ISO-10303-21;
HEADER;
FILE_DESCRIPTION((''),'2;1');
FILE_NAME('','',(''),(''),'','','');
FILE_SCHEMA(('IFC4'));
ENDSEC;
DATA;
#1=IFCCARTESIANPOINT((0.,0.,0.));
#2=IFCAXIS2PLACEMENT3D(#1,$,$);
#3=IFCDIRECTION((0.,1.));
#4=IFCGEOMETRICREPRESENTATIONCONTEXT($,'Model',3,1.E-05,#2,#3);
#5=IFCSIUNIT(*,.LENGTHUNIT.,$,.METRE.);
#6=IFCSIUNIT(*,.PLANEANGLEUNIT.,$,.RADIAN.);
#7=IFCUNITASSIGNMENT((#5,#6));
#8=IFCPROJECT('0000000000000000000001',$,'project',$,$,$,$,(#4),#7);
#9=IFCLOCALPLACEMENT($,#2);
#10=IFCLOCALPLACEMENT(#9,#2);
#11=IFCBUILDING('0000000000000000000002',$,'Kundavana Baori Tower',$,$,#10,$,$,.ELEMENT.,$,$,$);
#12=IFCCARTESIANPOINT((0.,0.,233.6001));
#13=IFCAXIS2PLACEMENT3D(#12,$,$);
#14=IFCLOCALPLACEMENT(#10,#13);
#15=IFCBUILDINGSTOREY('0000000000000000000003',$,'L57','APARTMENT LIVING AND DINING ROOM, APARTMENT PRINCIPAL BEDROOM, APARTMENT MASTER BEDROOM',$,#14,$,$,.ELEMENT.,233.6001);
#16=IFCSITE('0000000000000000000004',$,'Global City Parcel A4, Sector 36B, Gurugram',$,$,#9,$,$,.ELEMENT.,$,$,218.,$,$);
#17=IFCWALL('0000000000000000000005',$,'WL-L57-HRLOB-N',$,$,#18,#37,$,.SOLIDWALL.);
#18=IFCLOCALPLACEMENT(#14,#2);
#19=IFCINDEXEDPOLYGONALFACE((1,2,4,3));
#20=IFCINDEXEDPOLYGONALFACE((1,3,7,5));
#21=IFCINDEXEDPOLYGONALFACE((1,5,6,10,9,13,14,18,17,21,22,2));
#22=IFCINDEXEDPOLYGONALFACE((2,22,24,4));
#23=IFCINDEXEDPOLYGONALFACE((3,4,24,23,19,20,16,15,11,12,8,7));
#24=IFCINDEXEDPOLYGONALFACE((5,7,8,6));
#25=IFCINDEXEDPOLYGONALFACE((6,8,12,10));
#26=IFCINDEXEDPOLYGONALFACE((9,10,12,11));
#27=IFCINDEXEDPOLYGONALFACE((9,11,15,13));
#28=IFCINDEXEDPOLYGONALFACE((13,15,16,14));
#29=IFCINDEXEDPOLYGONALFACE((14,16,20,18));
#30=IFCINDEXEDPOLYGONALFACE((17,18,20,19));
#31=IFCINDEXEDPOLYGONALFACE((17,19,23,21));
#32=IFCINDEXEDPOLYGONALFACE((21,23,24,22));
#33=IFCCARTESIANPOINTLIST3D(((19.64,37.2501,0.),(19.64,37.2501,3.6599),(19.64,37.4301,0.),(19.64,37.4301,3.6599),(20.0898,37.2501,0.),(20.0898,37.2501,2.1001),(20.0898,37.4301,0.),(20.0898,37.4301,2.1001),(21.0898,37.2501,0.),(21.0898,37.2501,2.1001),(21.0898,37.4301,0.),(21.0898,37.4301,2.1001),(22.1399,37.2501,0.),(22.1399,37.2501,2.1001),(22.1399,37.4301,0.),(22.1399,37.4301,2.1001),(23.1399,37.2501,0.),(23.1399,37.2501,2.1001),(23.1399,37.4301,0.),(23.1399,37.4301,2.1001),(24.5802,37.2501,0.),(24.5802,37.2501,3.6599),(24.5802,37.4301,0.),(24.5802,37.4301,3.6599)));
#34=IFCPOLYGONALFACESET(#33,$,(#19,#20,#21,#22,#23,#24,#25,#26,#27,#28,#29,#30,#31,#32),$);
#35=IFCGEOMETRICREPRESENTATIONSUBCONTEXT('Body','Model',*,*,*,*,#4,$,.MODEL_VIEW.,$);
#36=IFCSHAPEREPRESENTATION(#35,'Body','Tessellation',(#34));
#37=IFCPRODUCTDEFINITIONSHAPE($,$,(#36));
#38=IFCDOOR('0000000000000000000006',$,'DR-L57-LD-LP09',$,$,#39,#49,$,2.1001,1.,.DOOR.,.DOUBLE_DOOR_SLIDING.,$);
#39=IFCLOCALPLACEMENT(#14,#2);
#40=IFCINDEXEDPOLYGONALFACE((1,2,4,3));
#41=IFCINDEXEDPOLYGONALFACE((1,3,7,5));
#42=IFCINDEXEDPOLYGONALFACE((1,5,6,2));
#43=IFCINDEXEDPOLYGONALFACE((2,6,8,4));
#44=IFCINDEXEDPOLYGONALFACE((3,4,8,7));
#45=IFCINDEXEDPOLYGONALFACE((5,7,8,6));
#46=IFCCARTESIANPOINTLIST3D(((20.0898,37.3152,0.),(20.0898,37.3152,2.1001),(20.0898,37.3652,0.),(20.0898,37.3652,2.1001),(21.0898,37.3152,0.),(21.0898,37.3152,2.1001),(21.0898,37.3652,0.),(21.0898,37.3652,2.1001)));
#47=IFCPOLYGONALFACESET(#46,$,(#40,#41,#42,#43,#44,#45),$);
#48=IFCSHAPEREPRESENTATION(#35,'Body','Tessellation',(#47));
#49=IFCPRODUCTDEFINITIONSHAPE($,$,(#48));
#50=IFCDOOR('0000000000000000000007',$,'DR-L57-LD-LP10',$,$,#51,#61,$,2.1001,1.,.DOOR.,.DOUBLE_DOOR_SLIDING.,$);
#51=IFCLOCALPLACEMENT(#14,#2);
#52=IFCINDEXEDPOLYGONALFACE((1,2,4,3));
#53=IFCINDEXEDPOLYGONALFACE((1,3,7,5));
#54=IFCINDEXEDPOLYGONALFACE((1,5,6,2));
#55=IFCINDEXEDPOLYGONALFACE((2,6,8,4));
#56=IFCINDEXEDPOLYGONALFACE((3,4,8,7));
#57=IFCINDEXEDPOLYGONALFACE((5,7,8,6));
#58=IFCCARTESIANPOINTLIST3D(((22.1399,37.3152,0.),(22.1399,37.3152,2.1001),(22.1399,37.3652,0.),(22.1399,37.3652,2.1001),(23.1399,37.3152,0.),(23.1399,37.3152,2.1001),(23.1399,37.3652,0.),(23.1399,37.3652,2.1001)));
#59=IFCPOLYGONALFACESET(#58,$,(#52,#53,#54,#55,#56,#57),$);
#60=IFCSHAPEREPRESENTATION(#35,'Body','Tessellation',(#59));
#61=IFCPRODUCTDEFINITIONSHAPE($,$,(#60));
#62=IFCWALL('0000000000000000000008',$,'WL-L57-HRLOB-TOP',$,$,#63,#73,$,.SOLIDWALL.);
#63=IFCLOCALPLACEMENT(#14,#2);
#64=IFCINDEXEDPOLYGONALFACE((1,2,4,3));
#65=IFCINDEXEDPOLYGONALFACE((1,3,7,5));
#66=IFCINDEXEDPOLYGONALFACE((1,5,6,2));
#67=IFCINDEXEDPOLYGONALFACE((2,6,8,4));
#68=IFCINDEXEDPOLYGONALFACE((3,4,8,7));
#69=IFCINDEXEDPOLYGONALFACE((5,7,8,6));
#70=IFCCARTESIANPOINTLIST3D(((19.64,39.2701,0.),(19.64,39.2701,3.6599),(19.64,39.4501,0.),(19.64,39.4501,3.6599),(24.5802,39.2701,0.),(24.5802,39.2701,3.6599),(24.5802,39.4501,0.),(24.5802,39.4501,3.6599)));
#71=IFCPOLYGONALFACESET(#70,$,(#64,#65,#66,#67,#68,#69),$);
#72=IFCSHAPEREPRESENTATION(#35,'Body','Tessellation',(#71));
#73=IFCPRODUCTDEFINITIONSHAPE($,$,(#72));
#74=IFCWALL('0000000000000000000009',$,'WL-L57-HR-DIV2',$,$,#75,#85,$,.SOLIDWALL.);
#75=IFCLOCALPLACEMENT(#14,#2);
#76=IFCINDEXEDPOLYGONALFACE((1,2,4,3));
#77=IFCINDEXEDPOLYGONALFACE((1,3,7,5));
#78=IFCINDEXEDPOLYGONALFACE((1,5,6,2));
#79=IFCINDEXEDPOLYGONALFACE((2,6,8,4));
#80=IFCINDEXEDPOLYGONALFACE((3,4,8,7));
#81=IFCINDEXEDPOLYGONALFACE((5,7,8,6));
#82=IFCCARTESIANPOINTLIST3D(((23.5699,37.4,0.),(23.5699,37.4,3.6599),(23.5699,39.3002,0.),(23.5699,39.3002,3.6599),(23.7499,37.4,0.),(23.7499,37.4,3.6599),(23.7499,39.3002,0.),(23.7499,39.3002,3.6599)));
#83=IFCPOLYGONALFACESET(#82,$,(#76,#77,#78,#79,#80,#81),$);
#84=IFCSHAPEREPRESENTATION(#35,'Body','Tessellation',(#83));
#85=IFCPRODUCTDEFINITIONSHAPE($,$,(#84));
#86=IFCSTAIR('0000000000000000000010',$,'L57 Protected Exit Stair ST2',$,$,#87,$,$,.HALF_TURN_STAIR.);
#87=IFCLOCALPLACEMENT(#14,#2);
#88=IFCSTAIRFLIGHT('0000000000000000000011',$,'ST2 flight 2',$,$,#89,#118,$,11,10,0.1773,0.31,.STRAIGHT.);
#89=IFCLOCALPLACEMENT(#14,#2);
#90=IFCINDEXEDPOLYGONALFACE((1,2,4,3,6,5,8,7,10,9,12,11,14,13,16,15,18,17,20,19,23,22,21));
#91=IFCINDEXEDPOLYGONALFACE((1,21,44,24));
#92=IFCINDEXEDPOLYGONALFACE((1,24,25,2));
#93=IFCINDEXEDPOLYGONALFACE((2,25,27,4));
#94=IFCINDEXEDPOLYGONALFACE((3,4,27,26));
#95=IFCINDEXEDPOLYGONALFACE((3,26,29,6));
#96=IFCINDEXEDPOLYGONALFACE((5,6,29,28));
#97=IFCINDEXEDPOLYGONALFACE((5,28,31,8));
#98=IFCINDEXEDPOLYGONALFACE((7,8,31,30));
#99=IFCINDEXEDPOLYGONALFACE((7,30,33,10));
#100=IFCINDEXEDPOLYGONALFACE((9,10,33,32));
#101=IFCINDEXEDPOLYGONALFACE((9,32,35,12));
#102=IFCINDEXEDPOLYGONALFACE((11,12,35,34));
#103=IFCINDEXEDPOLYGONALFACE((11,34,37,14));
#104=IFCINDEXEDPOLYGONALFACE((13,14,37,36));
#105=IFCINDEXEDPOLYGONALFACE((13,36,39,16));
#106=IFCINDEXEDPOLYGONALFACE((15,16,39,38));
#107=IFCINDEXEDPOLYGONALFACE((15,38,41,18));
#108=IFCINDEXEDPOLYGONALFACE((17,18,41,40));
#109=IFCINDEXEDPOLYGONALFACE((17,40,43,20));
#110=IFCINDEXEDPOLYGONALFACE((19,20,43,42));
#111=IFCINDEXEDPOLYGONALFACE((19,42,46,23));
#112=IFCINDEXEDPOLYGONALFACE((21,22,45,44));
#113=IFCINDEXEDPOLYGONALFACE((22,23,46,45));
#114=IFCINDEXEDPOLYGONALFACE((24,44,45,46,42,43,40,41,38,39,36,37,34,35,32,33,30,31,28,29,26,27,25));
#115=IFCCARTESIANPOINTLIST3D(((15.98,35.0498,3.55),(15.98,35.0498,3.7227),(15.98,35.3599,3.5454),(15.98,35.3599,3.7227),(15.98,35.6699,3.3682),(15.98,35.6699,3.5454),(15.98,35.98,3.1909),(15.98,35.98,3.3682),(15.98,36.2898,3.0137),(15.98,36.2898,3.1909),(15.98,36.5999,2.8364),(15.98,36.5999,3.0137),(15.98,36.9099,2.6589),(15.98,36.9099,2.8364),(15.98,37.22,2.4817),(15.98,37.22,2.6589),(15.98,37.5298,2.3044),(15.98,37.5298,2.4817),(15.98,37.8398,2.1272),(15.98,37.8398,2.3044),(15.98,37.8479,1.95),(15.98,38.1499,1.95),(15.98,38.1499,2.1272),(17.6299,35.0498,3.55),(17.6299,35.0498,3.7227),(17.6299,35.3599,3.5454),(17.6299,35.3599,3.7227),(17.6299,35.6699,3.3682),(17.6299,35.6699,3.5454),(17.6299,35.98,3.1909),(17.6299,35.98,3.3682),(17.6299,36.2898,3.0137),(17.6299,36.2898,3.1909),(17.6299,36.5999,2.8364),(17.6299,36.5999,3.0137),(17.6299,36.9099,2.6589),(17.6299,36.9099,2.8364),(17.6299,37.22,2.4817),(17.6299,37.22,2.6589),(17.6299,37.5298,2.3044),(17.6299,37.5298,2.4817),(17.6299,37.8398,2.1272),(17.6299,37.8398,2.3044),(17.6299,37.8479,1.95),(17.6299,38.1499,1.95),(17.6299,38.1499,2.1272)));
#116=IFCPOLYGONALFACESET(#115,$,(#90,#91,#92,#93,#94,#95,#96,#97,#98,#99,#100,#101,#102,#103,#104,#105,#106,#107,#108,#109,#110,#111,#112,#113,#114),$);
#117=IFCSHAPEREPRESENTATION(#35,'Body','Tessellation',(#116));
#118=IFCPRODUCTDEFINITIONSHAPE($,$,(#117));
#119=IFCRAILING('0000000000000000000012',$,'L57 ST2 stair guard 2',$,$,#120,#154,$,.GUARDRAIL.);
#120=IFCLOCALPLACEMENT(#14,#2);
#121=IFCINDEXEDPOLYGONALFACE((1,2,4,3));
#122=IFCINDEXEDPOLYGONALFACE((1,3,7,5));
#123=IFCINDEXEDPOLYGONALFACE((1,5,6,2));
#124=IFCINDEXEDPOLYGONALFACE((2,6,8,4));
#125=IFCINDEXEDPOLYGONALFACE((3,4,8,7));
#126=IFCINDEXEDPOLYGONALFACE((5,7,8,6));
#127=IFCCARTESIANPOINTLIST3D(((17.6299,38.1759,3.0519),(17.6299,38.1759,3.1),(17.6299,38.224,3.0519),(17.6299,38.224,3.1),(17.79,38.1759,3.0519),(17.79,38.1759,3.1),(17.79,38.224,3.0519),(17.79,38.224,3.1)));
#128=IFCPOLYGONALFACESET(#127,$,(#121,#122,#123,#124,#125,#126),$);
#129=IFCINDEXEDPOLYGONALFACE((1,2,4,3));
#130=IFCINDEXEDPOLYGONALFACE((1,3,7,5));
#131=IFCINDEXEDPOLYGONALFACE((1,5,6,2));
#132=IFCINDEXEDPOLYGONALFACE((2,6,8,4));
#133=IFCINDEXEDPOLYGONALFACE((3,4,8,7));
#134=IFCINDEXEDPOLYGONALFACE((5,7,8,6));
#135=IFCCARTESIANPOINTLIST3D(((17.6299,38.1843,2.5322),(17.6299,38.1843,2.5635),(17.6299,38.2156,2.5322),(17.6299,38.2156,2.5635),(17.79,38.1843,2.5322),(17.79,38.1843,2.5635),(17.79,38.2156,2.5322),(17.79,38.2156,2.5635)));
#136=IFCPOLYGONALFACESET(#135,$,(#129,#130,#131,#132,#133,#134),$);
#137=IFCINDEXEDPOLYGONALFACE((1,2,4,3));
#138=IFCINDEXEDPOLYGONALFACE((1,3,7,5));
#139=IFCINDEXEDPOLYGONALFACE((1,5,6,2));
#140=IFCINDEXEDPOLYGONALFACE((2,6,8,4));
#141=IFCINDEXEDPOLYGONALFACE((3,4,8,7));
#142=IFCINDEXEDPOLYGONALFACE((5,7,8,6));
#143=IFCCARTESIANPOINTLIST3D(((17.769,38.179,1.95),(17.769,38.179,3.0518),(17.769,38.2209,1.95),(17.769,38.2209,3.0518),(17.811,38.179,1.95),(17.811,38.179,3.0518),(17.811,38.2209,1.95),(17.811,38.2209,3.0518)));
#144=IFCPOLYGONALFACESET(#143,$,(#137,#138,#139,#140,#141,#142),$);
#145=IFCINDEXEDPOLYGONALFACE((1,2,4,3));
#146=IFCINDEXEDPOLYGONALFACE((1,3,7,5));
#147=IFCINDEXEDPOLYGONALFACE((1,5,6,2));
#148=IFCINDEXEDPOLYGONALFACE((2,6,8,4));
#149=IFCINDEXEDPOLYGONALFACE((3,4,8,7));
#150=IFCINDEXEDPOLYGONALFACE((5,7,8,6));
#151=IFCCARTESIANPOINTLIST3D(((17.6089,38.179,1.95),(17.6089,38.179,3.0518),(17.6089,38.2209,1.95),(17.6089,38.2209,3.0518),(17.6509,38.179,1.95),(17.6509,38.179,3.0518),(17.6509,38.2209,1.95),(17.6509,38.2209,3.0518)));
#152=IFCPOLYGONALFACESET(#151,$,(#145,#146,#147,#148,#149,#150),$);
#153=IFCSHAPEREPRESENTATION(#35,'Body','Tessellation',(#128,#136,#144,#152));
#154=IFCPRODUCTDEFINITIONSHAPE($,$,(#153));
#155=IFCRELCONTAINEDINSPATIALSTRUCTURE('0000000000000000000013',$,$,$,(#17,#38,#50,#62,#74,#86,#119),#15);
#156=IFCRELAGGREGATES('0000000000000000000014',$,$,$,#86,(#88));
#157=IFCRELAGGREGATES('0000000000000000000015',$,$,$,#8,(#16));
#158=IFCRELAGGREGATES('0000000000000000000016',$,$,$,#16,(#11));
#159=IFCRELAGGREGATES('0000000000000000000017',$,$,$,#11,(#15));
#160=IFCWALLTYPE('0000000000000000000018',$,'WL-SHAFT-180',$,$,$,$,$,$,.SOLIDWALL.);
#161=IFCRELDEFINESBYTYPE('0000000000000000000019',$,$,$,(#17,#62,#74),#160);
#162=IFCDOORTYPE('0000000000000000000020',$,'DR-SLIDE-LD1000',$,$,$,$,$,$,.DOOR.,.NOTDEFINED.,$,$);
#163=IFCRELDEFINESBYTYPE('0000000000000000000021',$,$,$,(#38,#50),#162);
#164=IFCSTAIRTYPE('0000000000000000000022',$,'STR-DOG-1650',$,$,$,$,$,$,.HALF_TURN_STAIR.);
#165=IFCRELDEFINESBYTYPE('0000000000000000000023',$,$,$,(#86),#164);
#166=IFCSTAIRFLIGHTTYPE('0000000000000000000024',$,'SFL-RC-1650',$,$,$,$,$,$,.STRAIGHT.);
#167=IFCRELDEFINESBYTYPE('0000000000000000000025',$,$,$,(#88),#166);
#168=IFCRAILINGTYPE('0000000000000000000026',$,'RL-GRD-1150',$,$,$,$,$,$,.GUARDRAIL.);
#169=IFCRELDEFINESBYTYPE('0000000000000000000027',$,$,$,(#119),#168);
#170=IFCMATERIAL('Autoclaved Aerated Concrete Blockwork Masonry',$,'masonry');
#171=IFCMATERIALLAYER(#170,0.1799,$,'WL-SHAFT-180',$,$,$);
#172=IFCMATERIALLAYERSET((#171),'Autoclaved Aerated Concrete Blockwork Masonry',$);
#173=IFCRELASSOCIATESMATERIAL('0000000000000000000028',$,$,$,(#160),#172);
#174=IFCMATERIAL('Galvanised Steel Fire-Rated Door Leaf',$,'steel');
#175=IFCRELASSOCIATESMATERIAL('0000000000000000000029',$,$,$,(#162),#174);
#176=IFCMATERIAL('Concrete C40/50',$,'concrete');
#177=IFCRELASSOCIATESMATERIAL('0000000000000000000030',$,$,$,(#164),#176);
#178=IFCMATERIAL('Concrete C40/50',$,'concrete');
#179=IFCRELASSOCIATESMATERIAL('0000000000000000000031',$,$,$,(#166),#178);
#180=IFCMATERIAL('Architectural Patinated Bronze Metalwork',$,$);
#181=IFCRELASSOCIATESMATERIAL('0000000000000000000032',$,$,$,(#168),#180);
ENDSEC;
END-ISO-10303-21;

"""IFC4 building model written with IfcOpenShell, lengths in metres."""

from ifc_helpers import new_model, si_unit, direction, frame, frame_2d, origin, origin_2d, place, context, subcontext, project, spatial, polyline, rectangle, outline, extrude, material, layer, layer_set, type_object, element, fill, aggregate, save


model = new_model("IFC4")

# Units and contexts
model_context = context("Model", 3, precision=1e-05, world=origin(), true_north=direction((0.0, 1.0)))
body_context = subcontext(model_context, "Body", "Model", "MODEL_VIEW")
ifc_project = project(units=[si_unit("LENGTHUNIT", "METRE"), si_unit("PLANEANGLEUNIT", "RADIAN")], contexts=[model_context])

# Site, building, storey
site_placement = place(None, origin())
site = spatial("IfcSite", under=ifc_project, at=site_placement, Name="Global City Parcel A4, Sector 36B, Gurugram", CompositionType="ELEMENT", RefElevation=218.0)
building_placement = place(site_placement, origin())
building = spatial("IfcBuilding", under=site, at=building_placement, Name="Kundavana Baori Tower", CompositionType="ELEMENT")
storey_placement = place(building_placement, frame((0.0, 0.0, 233.6001)))
storey = spatial("IfcBuildingStorey", under=building, at=storey_placement, Name="L57", Description="APARTMENT LIVING AND DINING ROOM, APARTMENT PRINCIPAL BEDROOM, APARTMENT MASTER BEDROOM", CompositionType="ELEMENT", Elevation=233.6001)

# Shared definitions
ifc_material_1 = material(Name="Autoclaved Aerated Concrete Blockwork Masonry", Category="masonry")
ifc_layer_1 = layer(ifc_material_1, 0.1799, Name="WL-SHAFT-180")
ifc_layer_set_1 = layer_set([ifc_layer_1], Name="Autoclaved Aerated Concrete Blockwork Masonry")
wall_type_1 = type_object("IfcWallType", Name="WL-SHAFT-180", PredefinedType="SOLIDWALL", material=ifc_layer_set_1)
ifc_material_2 = material(Name="Galvanised Steel Fire-Rated Door Leaf", Category="steel")
door_type = type_object("IfcDoorType", Name="DR-SLIDE-LD1000", OperationType="NOTDEFINED", PredefinedType="DOOR", material=ifc_material_2)

# Wall, openings, doors
wall_1_placement = place(storey_placement, frame((19.6399, 37.3401, 0.0), z_axis=(0.0, 0.0, 1.0), x_axis=(1.0, 0.0, 0.0)))
wall_1 = element("IfcWall", 1, at=wall_1_placement, inside=storey, type_object=wall_type_1, Name="WL-L57-HRLOB-N", PredefinedType="SOLIDWALL", context=body_context, shape_type="SweptSolid", body=[
    extrude(rectangle(XDim=4.9402, YDim=0.1799, at=frame_2d((2.4702, 0.0))), origin(), (0.0, 0.0, 1.0), 3.6599),
])
opening_1_placement = place(wall_1_placement, frame((0.45, 0.0, 0.0)))
opening_1 = element("IfcOpeningElement", 2, at=opening_1_placement, cuts=wall_1, PredefinedType="OPENING", context=body_context, shape_type="SweptSolid", body=[
    extrude(rectangle(XDim=1.0, YDim=2.1001, at=frame_2d((0.5, 1.05))), frame((0.0, 0.1001, 0.0), z_axis=(0.0, -1.0, 0.0), x_axis=(1.0, 0.0, 0.0)), (0.0, 0.0, 1.0), 0.2),
])
opening_2_placement = place(wall_1_placement, frame((2.5, 0.0, 0.0)))
opening_2 = element("IfcOpeningElement", 3, at=opening_2_placement, cuts=wall_1, PredefinedType="OPENING", context=body_context, shape_type="SweptSolid", body=[
    extrude(rectangle(XDim=1.0, YDim=2.1001, at=frame_2d((0.5, 1.05))), frame((0.0, 0.1001, 0.0), z_axis=(0.0, -1.0, 0.0), x_axis=(1.0, 0.0, 0.0)), (0.0, 0.0, 1.0), 0.2),
])
door_1_placement = place(opening_1_placement, frame((1.0, 0.0, 0.0), z_axis=(0.0, 0.0, 1.0), x_axis=(-1.0, 0.0, 0.0)))
door_1 = element("IfcDoor", 4, at=door_1_placement, inside=storey, type_object=door_type, Name="DR-L57-LD-LP09", OperationType="DOUBLE_DOOR_SLIDING", OverallHeight=2.1001, OverallWidth=1.0, PredefinedType="DOOR", context=body_context, shape_type="SweptSolid", body=[
    extrude(rectangle(XDim=1.0, YDim=2.1001, at=frame_2d((0.5, 1.05))), frame((0.0, 0.0249, 0.0), z_axis=(0.0, -1.0, 0.0), x_axis=(1.0, 0.0, 0.0)), (0.0, 0.0, 1.0), 0.05),
])
fill(opening_1, door_1)
door_2_placement = place(opening_2_placement, frame((1.0, 0.0, 0.0), z_axis=(0.0, 0.0, 1.0), x_axis=(-1.0, 0.0, 0.0)))
door_2 = element("IfcDoor", 5, at=door_2_placement, inside=storey, type_object=door_type, Name="DR-L57-LD-LP10", OperationType="DOUBLE_DOOR_SLIDING", OverallHeight=2.1001, OverallWidth=1.0, PredefinedType="DOOR", context=body_context, shape_type="SweptSolid", body=[
    extrude(rectangle(XDim=1.0, YDim=2.1001, at=frame_2d((0.5, 1.05))), frame((0.0, 0.0249, 0.0), z_axis=(0.0, -1.0, 0.0), x_axis=(1.0, 0.0, 0.0)), (0.0, 0.0, 1.0), 0.05),
])
fill(opening_2, door_2)

# Walls
wall_2_placement = place(storey_placement, frame((19.6399, 39.3601, 0.0), z_axis=(0.0, 0.0, 1.0), x_axis=(1.0, 0.0, 0.0)))
element("IfcWall", 6, at=wall_2_placement, inside=storey, type_object=wall_type_1, Name="WL-L57-HRLOB-TOP", PredefinedType="SOLIDWALL", context=body_context, shape_type="SweptSolid", body=[
    extrude(rectangle(XDim=4.9402, YDim=0.1799, at=frame_2d((2.4702, 0.0))), origin(), (0.0, 0.0, 1.0), 3.6599),
])
wall_3_placement = place(storey_placement, frame((23.6599, 37.3999, 0.0), z_axis=(0.0, 0.0, 1.0), x_axis=(0.0, 1.0, 0.0)))
element("IfcWall", 7, at=wall_3_placement, inside=storey, type_object=wall_type_1, Name="WL-L57-HR-DIV2", PredefinedType="SOLIDWALL", context=body_context, shape_type="SweptSolid", body=[
    extrude(rectangle(XDim=1.9001, YDim=0.1799, at=frame_2d((0.9502, 0.0))), origin(), (0.0, 0.0, 1.0), 3.6599),
])

# Stair, stair flight
ifc_material_3 = material(Name="Concrete C40/50", Category="concrete")
stair_type = type_object("IfcStairType", Name="STR-DOG-1650", PredefinedType="HALF_TURN_STAIR", material=ifc_material_3)
stair_placement = place(storey_placement, origin())
stair = element("IfcStair", 8, at=stair_placement, inside=storey, type_object=stair_type, Name="L57 Protected Exit Stair ST2", PredefinedType="HALF_TURN_STAIR")
ifc_material_4 = material(Name="Concrete C40/50", Category="concrete")
stair_flight_type = type_object("IfcStairFlightType", Name="SFL-RC-1650", PredefinedType="STRAIGHT", material=ifc_material_4)
stair_flight_placement = place(storey_placement, frame((16.8049, 38.1499, 1.95), z_axis=(0.0, 0.0, 1.0), x_axis=(0.0, -1.0, 0.0)))
stair_flight = element("IfcStairFlight", 9, at=stair_flight_placement, type_object=stair_flight_type, Name="ST2 flight 2", NumberOfRisers=11, NumberOfTreads=10, PredefinedType="STRAIGHT", RiserHeight=0.1773, TreadLength=0.31, context=body_context, shape_type="SweptSolid", body=[
    extrude(outline(polyline([(0.0, 0.0), (0.0, 0.1772), (0.3101, 0.1772), (0.3101, 0.3545), (0.6201, 0.3545), (0.6201, 0.5317), (0.9299, 0.5317), (0.9299, 0.709), (1.24, 0.709), (1.24, 0.8865), (1.55, 0.8865), (1.55, 1.0637), (1.8601, 1.0637), (1.8601, 1.241), (2.1699, 1.241), (2.1699, 1.4182), (2.48, 1.4182), (2.48, 1.5955), (2.79, 1.5955), (2.79, 1.7727), (3.1001, 1.7727), (3.1001, 1.95), (3.1001, 1.6001), (0.302, 0.0), (0.0, 0.0)])), frame((0.0, 0.825, 0.0), z_axis=(0.0, -1.0, 0.0), x_axis=(1.0, 0.0, 0.0)), (0.0, 0.0, 1.0), 1.6499),
])
aggregate(stair, [stair_flight])

# Railing
ifc_material_5 = material(Name="Architectural Patinated Bronze Metalwork")
railing_type_1 = type_object("IfcRailingType", Name="RL-GRD-1150", PredefinedType="GUARDRAIL", material=ifc_material_5)
railing_1_placement = place(storey_placement, frame((17.79, 38.2, 1.95)))
element("IfcRailing", 10, at=railing_1_placement, inside=storey, type_object=railing_type_1, Name="L57 ST2 stair guard 2", PredefinedType="GUARDRAIL", context=body_context, shape_type="SweptSolid", body=[
    extrude(rectangle(XDim=0.0481, YDim=0.0481, at=origin_2d()), frame((0.0, 0.0, 1.126), z_axis=(-1.0, 0.0, 0.0), x_axis=(0.0, -1.0, 0.0)), (0.0, 0.0, 1.0), 0.1602),
    extrude(rectangle(XDim=0.0312, YDim=0.0312, at=origin_2d()), frame((0.0, 0.0, 0.5979), z_axis=(-1.0, 0.0, 0.0), x_axis=(0.0, -1.0, 0.0)), (0.0, 0.0, 1.0), 0.1602),
    extrude(rectangle(XDim=0.042, YDim=0.042, at=origin_2d()), origin(), (0.0, 0.0, 1.0), 1.1018),
    extrude(rectangle(XDim=0.042, YDim=0.042, at=origin_2d()), frame((-0.1602, 0.0, 0.0)), (0.0, 0.0, 1.0), 1.1018),
])

save(model, "model.ifc")
